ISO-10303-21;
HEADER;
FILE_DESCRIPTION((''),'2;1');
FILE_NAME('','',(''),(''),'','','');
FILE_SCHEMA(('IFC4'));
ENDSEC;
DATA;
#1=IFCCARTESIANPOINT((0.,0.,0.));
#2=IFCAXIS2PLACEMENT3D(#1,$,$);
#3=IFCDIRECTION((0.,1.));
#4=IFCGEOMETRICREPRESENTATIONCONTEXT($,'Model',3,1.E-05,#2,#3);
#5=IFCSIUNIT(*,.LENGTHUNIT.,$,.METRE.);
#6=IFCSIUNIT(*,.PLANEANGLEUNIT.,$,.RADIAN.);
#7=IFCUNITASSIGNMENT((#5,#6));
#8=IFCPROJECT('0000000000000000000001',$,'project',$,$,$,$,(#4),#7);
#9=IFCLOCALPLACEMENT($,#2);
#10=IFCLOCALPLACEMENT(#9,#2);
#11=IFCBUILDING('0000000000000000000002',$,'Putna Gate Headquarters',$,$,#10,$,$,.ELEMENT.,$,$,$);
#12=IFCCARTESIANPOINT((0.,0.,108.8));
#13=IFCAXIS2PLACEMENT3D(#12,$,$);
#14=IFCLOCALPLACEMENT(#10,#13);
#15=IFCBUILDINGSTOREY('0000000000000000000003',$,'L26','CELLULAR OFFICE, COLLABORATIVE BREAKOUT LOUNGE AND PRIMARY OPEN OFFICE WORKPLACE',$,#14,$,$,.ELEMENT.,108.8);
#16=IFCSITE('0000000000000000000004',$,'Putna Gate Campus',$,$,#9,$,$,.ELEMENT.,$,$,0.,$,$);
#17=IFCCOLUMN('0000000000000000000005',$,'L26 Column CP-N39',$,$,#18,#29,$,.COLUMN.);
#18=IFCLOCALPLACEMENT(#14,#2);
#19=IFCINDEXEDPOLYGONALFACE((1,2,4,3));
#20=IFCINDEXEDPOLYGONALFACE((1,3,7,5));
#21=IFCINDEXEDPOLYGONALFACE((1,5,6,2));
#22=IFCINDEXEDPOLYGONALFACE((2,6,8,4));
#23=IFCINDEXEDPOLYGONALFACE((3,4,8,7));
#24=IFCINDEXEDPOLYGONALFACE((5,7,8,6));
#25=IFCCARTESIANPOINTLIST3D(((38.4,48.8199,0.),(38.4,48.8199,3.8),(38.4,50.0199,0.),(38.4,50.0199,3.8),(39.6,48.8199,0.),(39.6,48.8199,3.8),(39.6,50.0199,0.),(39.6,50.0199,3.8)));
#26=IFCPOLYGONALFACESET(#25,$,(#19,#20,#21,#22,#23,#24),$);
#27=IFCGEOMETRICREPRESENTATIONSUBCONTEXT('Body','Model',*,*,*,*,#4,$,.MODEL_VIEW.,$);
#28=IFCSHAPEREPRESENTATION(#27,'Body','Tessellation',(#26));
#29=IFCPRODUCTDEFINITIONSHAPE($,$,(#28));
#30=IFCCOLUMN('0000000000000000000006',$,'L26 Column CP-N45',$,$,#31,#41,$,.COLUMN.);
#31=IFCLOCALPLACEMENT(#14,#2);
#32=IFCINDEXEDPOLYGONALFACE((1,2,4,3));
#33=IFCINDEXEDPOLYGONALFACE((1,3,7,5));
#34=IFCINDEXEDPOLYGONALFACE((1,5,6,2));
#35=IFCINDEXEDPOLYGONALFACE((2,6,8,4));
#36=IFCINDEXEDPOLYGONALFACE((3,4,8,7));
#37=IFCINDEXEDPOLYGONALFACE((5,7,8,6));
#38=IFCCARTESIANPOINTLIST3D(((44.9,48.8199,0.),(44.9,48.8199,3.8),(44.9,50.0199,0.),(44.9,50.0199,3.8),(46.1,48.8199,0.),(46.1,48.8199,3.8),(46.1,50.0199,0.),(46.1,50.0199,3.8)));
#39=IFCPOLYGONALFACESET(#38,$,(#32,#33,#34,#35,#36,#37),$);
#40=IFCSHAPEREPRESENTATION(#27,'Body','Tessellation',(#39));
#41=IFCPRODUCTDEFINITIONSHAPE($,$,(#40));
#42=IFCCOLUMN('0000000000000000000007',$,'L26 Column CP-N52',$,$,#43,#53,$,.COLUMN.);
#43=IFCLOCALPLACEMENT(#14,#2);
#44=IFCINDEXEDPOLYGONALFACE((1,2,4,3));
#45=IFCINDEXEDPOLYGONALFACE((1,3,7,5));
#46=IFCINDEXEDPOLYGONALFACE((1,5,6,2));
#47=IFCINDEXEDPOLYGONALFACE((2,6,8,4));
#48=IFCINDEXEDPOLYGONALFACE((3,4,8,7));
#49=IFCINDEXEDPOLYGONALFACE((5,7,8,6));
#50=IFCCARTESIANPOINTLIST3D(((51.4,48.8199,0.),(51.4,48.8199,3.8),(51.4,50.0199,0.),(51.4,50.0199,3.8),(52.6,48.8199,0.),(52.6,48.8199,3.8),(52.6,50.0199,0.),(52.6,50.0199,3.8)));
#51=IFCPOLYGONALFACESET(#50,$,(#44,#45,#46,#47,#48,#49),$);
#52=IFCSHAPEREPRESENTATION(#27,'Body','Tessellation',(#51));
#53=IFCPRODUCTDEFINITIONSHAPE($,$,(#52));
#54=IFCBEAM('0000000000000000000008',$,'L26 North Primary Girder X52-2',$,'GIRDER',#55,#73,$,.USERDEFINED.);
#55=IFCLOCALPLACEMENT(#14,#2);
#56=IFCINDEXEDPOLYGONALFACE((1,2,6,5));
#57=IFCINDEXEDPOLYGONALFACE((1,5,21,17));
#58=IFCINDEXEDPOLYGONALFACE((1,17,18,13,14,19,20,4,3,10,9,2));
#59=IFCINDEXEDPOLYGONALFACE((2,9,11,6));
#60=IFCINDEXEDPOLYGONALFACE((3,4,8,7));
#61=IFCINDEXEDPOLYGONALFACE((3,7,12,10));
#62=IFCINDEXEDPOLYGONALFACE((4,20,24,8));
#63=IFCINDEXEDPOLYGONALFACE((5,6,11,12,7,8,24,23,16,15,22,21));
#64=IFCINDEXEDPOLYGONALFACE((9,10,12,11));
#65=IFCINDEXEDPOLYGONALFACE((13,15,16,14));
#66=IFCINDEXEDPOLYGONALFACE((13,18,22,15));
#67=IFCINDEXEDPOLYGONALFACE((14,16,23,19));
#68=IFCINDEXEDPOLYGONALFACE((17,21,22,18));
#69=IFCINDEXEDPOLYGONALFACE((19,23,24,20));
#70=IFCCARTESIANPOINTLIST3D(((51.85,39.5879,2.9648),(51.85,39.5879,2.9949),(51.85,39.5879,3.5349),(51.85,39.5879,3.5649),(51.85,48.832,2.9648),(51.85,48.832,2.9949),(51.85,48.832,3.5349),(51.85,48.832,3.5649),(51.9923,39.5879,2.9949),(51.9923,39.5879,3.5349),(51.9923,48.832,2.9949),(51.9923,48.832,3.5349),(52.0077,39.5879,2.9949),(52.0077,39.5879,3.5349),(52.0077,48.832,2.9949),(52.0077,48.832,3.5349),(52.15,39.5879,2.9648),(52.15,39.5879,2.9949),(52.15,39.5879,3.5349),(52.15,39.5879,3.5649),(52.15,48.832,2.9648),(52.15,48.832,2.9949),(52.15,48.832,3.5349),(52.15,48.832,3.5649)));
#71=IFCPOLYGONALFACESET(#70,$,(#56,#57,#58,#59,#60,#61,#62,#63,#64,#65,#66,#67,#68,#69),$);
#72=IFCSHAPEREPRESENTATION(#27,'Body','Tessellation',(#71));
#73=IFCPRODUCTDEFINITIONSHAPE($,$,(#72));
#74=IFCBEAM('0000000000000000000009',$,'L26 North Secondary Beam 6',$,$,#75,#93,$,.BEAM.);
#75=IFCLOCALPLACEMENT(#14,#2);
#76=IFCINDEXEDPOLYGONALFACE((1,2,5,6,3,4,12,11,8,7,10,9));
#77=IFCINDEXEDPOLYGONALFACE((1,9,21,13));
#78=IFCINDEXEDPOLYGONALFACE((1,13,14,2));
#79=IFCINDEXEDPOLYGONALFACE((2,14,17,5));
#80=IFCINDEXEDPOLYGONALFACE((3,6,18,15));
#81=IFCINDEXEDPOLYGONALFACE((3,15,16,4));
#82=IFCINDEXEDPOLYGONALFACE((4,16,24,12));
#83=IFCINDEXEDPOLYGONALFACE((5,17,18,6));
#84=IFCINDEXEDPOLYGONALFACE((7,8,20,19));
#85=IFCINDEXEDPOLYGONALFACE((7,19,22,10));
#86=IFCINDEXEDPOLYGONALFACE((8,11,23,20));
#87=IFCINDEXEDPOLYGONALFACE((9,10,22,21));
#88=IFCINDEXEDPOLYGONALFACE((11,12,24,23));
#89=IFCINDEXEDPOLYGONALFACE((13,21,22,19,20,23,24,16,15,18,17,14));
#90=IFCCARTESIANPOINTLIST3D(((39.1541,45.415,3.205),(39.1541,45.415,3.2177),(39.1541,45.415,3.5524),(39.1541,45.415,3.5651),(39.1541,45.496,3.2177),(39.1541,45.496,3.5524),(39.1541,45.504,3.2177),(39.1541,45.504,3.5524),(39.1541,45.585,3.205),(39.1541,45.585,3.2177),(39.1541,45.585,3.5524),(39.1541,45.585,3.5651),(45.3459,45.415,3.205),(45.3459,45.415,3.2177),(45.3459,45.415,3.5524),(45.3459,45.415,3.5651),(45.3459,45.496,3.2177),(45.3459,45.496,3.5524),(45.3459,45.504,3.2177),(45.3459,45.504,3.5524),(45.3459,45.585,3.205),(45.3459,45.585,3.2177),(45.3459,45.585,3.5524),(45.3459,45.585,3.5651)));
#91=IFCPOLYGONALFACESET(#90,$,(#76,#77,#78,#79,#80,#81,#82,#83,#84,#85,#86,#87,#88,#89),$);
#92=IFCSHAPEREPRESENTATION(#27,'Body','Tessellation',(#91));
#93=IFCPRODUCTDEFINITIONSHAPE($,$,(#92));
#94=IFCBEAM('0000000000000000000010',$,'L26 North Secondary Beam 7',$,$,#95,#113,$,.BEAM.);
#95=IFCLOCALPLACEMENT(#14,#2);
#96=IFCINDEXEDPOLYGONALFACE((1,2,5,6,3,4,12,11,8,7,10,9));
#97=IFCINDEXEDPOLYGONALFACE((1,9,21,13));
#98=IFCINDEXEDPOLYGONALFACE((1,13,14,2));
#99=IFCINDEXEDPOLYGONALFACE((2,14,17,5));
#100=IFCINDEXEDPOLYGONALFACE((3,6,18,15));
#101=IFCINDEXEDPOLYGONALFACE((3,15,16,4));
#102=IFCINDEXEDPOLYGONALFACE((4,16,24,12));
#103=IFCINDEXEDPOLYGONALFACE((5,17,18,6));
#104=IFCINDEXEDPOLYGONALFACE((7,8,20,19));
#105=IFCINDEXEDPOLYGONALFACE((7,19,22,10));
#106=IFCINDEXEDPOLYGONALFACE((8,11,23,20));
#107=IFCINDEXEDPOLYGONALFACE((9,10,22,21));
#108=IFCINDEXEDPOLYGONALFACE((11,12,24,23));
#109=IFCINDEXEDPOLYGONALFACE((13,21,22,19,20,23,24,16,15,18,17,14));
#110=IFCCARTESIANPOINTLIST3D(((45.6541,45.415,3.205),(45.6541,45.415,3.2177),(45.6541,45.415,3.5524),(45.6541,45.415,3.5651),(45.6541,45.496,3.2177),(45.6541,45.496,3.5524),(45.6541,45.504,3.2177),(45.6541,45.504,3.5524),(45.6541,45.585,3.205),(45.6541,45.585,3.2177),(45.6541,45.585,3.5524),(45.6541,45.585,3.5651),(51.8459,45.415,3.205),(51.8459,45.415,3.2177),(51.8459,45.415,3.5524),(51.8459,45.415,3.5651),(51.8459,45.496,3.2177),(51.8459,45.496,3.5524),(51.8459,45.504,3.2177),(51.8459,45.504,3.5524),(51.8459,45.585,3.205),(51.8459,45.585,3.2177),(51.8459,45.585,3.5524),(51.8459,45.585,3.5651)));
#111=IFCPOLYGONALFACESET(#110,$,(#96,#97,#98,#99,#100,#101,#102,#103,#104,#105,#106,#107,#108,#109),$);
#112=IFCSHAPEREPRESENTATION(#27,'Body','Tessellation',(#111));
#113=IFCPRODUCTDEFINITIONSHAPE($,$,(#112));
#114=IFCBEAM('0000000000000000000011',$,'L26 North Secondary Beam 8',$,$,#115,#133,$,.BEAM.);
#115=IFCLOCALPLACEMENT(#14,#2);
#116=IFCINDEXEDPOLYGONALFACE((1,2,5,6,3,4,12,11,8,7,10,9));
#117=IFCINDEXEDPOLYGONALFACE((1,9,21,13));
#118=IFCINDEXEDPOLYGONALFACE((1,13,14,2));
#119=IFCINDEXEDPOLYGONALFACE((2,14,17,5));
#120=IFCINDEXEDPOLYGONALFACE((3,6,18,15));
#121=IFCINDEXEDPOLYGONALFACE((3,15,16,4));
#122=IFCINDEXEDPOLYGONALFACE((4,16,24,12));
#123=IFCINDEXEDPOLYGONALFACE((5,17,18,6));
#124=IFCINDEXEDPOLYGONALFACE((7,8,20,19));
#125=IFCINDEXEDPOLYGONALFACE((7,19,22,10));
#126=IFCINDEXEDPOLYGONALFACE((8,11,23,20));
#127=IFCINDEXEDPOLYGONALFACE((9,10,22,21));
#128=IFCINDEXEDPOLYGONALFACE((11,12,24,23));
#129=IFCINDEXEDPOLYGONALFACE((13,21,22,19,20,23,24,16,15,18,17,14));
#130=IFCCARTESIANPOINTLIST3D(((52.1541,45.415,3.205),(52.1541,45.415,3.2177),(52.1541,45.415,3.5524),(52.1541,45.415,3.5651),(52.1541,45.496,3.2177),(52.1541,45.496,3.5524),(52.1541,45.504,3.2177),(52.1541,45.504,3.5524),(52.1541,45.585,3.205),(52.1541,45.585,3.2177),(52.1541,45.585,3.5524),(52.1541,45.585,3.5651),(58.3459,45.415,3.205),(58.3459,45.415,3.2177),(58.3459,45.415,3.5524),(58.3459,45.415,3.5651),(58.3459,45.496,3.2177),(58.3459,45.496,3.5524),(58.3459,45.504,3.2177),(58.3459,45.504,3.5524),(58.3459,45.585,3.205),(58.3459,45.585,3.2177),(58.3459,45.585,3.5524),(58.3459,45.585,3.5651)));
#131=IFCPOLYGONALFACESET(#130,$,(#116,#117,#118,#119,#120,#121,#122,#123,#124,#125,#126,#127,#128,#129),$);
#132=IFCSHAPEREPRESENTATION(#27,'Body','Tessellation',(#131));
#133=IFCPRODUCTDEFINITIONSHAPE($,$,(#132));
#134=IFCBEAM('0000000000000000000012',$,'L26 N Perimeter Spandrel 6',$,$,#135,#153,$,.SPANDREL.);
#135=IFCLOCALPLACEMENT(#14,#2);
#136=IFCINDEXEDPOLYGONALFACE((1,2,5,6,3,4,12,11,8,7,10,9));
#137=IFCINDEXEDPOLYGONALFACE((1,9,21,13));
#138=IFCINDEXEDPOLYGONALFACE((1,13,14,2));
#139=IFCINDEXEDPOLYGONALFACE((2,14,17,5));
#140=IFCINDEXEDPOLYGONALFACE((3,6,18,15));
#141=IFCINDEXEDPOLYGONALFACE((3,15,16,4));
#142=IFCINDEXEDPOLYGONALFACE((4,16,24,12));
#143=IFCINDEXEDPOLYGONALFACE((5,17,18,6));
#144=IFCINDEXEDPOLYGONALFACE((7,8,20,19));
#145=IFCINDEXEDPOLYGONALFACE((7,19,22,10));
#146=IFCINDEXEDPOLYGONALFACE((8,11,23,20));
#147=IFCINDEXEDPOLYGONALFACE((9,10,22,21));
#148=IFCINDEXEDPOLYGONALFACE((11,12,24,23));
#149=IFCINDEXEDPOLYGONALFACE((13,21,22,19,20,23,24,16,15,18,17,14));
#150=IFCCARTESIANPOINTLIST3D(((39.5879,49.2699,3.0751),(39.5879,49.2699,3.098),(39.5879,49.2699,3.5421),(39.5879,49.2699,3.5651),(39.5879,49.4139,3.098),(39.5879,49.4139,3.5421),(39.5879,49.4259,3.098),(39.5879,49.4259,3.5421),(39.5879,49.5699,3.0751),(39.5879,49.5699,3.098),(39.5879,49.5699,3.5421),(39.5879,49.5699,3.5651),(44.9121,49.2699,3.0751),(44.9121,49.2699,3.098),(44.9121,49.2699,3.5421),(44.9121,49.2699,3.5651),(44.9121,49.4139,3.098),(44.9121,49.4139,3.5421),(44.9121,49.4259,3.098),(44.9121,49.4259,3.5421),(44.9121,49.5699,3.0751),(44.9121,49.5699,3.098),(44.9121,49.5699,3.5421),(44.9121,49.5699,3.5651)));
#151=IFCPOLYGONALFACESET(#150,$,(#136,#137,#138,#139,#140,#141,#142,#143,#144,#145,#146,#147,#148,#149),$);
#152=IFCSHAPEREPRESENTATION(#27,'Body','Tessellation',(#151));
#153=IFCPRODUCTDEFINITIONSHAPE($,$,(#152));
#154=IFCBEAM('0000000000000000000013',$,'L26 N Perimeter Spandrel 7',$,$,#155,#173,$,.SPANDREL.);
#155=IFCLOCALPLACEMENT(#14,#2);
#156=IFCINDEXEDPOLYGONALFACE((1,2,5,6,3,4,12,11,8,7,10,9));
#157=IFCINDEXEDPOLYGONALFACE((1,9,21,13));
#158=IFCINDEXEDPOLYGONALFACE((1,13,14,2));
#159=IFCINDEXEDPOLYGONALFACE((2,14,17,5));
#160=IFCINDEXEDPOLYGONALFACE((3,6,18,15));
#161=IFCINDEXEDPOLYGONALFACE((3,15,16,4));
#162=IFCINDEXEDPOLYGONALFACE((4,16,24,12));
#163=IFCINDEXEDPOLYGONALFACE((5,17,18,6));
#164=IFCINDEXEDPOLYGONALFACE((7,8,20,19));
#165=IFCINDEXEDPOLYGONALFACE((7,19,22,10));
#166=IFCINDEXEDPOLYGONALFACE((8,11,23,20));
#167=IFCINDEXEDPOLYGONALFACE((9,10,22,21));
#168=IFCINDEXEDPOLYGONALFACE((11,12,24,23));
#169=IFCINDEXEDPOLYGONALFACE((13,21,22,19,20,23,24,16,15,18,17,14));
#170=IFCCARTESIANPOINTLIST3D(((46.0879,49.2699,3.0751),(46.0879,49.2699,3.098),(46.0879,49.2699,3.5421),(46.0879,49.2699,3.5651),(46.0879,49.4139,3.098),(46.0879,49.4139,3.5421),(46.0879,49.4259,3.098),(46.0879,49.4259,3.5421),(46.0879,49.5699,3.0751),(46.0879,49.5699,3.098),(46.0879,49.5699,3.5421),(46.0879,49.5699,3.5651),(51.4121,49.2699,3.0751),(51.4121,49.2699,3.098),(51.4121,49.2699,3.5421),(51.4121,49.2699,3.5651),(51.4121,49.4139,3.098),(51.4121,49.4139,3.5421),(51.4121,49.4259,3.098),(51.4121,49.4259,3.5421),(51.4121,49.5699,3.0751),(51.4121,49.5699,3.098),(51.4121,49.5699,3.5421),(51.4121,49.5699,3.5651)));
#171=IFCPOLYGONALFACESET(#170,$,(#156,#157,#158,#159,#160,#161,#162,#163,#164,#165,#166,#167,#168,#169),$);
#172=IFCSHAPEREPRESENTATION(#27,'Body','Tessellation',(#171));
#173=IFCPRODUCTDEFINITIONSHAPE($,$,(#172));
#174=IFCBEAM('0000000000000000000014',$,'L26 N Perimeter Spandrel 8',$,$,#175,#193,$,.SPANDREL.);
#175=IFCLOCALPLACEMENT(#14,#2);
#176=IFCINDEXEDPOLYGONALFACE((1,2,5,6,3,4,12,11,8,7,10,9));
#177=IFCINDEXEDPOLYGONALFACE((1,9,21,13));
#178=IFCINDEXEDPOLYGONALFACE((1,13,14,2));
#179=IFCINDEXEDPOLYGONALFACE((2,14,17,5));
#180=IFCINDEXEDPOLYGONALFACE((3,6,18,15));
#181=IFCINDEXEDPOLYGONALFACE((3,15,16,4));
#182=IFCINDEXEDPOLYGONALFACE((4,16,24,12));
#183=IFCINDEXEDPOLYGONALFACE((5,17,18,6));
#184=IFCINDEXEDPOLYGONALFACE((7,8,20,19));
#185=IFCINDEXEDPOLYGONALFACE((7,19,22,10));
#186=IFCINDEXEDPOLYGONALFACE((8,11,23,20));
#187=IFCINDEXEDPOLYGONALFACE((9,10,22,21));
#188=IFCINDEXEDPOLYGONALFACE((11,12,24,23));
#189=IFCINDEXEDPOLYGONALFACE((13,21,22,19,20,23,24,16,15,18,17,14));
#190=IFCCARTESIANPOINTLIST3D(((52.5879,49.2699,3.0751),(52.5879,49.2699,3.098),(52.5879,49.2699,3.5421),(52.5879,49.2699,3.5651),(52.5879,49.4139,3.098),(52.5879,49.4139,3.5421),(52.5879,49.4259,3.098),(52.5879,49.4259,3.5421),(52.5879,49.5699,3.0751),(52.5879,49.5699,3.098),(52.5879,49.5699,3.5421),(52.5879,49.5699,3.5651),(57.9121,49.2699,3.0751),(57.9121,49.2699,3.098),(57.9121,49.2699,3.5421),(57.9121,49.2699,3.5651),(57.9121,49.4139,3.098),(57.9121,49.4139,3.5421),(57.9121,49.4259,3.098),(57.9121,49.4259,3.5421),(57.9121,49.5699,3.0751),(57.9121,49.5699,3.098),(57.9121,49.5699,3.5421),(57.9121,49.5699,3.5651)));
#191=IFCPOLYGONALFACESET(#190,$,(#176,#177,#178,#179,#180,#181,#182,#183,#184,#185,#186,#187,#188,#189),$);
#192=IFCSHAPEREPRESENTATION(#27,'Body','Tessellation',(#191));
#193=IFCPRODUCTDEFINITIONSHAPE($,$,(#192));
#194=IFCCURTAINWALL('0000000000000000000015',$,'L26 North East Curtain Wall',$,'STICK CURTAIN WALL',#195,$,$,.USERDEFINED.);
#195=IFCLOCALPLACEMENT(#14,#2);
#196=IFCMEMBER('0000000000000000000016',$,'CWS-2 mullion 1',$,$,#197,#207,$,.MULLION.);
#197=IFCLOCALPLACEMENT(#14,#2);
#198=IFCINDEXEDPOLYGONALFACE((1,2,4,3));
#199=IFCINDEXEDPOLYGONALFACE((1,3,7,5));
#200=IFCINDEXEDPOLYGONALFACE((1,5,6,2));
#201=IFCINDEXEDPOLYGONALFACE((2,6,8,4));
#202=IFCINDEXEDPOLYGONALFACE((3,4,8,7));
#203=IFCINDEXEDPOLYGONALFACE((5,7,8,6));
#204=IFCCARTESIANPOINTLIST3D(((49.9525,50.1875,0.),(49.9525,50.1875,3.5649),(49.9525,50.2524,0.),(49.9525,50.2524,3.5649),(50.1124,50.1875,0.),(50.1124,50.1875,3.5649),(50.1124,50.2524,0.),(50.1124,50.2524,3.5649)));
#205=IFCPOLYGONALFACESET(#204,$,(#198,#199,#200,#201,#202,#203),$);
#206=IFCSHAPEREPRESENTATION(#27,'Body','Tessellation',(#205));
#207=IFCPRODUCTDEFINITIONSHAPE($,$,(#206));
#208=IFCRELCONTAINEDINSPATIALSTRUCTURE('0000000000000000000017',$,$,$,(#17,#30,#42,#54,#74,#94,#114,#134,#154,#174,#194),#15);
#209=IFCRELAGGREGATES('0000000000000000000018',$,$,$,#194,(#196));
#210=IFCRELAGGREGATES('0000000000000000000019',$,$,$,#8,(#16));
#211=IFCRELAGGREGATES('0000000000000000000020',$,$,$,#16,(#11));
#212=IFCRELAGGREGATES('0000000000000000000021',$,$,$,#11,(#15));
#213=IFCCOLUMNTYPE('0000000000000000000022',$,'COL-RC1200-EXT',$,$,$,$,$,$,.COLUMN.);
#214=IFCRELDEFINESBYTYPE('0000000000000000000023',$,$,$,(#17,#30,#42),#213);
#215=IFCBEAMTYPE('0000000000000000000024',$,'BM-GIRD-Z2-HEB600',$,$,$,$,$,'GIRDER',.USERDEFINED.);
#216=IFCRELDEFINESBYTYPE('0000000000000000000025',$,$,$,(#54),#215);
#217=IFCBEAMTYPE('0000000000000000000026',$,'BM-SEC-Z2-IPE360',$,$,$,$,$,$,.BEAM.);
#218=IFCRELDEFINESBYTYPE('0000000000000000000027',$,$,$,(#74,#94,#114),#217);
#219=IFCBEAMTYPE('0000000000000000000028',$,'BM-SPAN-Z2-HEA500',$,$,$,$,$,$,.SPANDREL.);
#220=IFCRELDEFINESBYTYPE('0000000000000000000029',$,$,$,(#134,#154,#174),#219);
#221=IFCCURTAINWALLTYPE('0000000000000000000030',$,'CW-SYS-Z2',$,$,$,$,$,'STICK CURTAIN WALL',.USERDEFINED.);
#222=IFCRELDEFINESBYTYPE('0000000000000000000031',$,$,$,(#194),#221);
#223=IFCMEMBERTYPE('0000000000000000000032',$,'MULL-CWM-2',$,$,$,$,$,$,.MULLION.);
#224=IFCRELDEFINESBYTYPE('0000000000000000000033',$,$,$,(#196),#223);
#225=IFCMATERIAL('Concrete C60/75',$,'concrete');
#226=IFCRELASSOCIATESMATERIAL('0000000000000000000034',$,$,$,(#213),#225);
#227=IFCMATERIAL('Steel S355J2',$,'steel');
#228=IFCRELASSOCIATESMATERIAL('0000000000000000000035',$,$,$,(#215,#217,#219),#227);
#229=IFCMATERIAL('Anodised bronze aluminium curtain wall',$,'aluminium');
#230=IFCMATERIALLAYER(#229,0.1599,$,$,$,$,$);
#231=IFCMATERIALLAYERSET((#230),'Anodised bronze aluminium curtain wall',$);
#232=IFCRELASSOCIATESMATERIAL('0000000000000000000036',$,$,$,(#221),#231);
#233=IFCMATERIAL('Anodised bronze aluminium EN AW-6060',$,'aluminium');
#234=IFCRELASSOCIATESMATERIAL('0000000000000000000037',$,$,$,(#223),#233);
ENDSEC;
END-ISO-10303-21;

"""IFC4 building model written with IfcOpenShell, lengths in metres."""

from ifc_helpers import new_model, si_unit, direction, frame, origin, origin_2d, place, context, subcontext, project, spatial, rectangle, i_section, extrude, material, layer, layer_set, material_profile, profile_set, type_object, element, aggregate, save


model = new_model("IFC4")

# Units and contexts
model_context = context("Model", 3, precision=1e-05, world=origin(), true_north=direction((0.0, 1.0)))
body_context = subcontext(model_context, "Body", "Model", "MODEL_VIEW")
ifc_project = project(units=[si_unit("LENGTHUNIT", "METRE"), si_unit("PLANEANGLEUNIT", "RADIAN")], contexts=[model_context])

# Site, building, storey
site_placement = place(None, origin())
site = spatial("IfcSite", under=ifc_project, at=site_placement, Name="Putna Gate Campus", CompositionType="ELEMENT", RefElevation=0.0)
building_placement = place(site_placement, origin())
building = spatial("IfcBuilding", under=site, at=building_placement, Name="Putna Gate Headquarters", CompositionType="ELEMENT")
storey_placement = place(building_placement, frame((0.0, 0.0, 108.8)))
storey = spatial("IfcBuildingStorey", under=building, at=storey_placement, Name="L26", Description="CELLULAR OFFICE, COLLABORATIVE BREAKOUT LOUNGE AND PRIMARY OPEN OFFICE WORKPLACE", CompositionType="ELEMENT", Elevation=108.8)

# Columns
ifc_material_1 = material(Name="Concrete C60/75", Category="concrete")
ifc_material_profile_1 = material_profile(ifc_material_1, rectangle(XDim=1.2, YDim=1.2, at=origin_2d()), Name="Concrete C60/75")
ifc_profile_set_1 = profile_set([ifc_material_profile_1], Name="Concrete C60/75")
column_type = type_object("IfcColumnType", Name="COL-RC1200-EXT", PredefinedType="COLUMN", material=ifc_profile_set_1)
for number, where, z_axis, x_axis, name in (
    (1, (39.0, 49.4199, 0.0), (0.0, 0.0, 1.0), (1.0, 0.0, 0.0), "L26 Column CP-N39"),
    (2, (45.5, 49.4199, 0.0), (0.0, 0.0, 1.0), (1.0, 0.0, 0.0), "L26 Column CP-N45"),
    (3, (52.0, 49.4199, 0.0), (0.0, 0.0, 1.0), (1.0, 0.0, 0.0), "L26 Column CP-N52"),
):
    element("IfcColumn", number, at=place(storey_placement, frame(where, z_axis=z_axis, x_axis=x_axis)), inside=storey, type_object=column_type, Name=name, PredefinedType="COLUMN", context=body_context, shape_type="SweptSolid", body=[
        extrude(rectangle(XDim=1.2, YDim=1.2, at=origin_2d()), origin(), (0.0, 0.0, 1.0), 3.8),
    ])

# Beams
ifc_material_2 = material(Name="Steel S355J2", Category="steel")
ifc_material_profile_2 = material_profile(ifc_material_2, i_section(OverallWidth=0.3, OverallDepth=0.6001, WebThickness=0.0154, FlangeThickness=0.03, at=origin_2d()), Name="Steel S355J2")
ifc_profile_set_2 = profile_set([ifc_material_profile_2], Name="Steel S355J2")
beam_type_1 = type_object("IfcBeamType", Name="BM-GIRD-Z2-HEB600", ElementType="GIRDER", PredefinedType="USERDEFINED", material=ifc_profile_set_2)
beam_placement = place(storey_placement, frame((52.0, 39.5879, 3.2649), z_axis=(0.0, 1.0, 0.0), x_axis=(-1.0, 0.0, 0.0)))
element("IfcBeam", 4, at=beam_placement, inside=storey, type_object=beam_type_1, Name="L26 North Primary Girder X52-2", ObjectType="GIRDER", PredefinedType="USERDEFINED", context=body_context, shape_type="SweptSolid", body=[
    extrude(i_section(OverallWidth=0.3, OverallDepth=0.6001, WebThickness=0.0154, FlangeThickness=0.03, at=origin_2d()), origin(), (0.0, 0.0, 1.0), 9.2441),
])
ifc_material_profile_3 = material_profile(ifc_material_2, i_section(OverallWidth=0.1699, OverallDepth=0.3601, WebThickness=0.0081, FlangeThickness=0.0127, at=origin_2d()), Name="Steel S355J2")
ifc_profile_set_3 = profile_set([ifc_material_profile_3], Name="Steel S355J2")
beam_type_2 = type_object("IfcBeamType", Name="BM-SEC-Z2-IPE360", PredefinedType="BEAM", material=ifc_profile_set_3)
for number, where, z_axis, x_axis, name in (
    (5, (39.1541, 45.5, 3.385), (1.0, 0.0, 0.0), (0.0, 1.0, 0.0), "L26 North Secondary Beam 6"),
    (6, (45.6541, 45.5, 3.385), (1.0, 0.0, 0.0), (0.0, 1.0, 0.0), "L26 North Secondary Beam 7"),
    (7, (52.1541, 45.5, 3.385), (1.0, 0.0, 0.0), (0.0, 1.0, 0.0), "L26 North Secondary Beam 8"),
):
    element("IfcBeam", number, at=place(storey_placement, frame(where, z_axis=z_axis, x_axis=x_axis)), inside=storey, type_object=beam_type_2, Name=name, PredefinedType="BEAM", context=body_context, shape_type="SweptSolid", body=[
        extrude(i_section(OverallWidth=0.1699, OverallDepth=0.3601, WebThickness=0.0081, FlangeThickness=0.0127, at=origin_2d()), origin(), (0.0, 0.0, 1.0), 6.1919),
    ])
ifc_material_profile_4 = material_profile(ifc_material_2, i_section(OverallWidth=0.3, OverallDepth=0.49, WebThickness=0.012, FlangeThickness=0.0229, at=origin_2d()), Name="Steel S355J2")
ifc_profile_set_4 = profile_set([ifc_material_profile_4], Name="Steel S355J2")
beam_type_3 = type_object("IfcBeamType", Name="BM-SPAN-Z2-HEA500", PredefinedType="SPANDREL", material=ifc_profile_set_4)
for number, where, z_axis, x_axis, name in (
    (8, (39.5879, 49.4199, 3.3201), (1.0, 0.0, 0.0), (0.0, 1.0, 0.0), "L26 N Perimeter Spandrel 6"),
    (9, (46.0879, 49.4199, 3.3201), (1.0, 0.0, 0.0), (0.0, 1.0, 0.0), "L26 N Perimeter Spandrel 7"),
    (10, (52.5879, 49.4199, 3.3201), (1.0, 0.0, 0.0), (0.0, 1.0, 0.0), "L26 N Perimeter Spandrel 8"),
):
    element("IfcBeam", number, at=place(storey_placement, frame(where, z_axis=z_axis, x_axis=x_axis)), inside=storey, type_object=beam_type_3, Name=name, PredefinedType="SPANDREL", context=body_context, shape_type="SweptSolid", body=[
        extrude(i_section(OverallWidth=0.3, OverallDepth=0.49, WebThickness=0.012, FlangeThickness=0.0229, at=origin_2d()), origin(), (0.0, 0.0, 1.0), 5.3242),
    ])

# Curtain wall, member
ifc_material_3 = material(Name="Anodised bronze aluminium curtain wall", Category="aluminium")
ifc_layer_1 = layer(ifc_material_3, 0.1599)
ifc_layer_set_1 = layer_set([ifc_layer_1], Name="Anodised bronze aluminium curtain wall")
curtain_wall_type_1 = type_object("IfcCurtainWallType", Name="CW-SYS-Z2", ElementType="STICK CURTAIN WALL", PredefinedType="USERDEFINED", material=ifc_layer_set_1)
curtain_wall_1_placement = place(storey_placement, origin())
curtain_wall_1 = element("IfcCurtainWall", 11, at=curtain_wall_1_placement, inside=storey, type_object=curtain_wall_type_1, Name="L26 North East Curtain Wall", ObjectType="STICK CURTAIN WALL", PredefinedType="USERDEFINED")
ifc_material_4 = material(Name="Anodised bronze aluminium EN AW-6060", Category="aluminium")
ifc_material_profile_5 = material_profile(ifc_material_4, rectangle(XDim=0.0649, YDim=0.1599, at=origin_2d()), Name="Anodised bronze aluminium EN AW-6060")
ifc_profile_set_5 = profile_set([ifc_material_profile_5], Name="Anodised bronze aluminium EN AW-6060")
member_type_1 = type_object("IfcMemberType", Name="MULL-CWM-2", PredefinedType="MULLION", material=ifc_profile_set_5)
member_1_placement = place(storey_placement, frame((50.0325, 50.22, 0.0), z_axis=(0.0, 0.0, 1.0), x_axis=(0.0, 1.0, 0.0)))
member_1 = element("IfcMember", 12, at=member_1_placement, type_object=member_type_1, Name="CWS-2 mullion 1", PredefinedType="MULLION", context=body_context, shape_type="SweptSolid", body=[
    extrude(rectangle(XDim=0.0649, YDim=0.1599, at=origin_2d()), origin(), (0.0, 0.0, 1.0), 3.5649),
])

aggregate(curtain_wall_1, [member_1])

save(model, "model.ifc")
